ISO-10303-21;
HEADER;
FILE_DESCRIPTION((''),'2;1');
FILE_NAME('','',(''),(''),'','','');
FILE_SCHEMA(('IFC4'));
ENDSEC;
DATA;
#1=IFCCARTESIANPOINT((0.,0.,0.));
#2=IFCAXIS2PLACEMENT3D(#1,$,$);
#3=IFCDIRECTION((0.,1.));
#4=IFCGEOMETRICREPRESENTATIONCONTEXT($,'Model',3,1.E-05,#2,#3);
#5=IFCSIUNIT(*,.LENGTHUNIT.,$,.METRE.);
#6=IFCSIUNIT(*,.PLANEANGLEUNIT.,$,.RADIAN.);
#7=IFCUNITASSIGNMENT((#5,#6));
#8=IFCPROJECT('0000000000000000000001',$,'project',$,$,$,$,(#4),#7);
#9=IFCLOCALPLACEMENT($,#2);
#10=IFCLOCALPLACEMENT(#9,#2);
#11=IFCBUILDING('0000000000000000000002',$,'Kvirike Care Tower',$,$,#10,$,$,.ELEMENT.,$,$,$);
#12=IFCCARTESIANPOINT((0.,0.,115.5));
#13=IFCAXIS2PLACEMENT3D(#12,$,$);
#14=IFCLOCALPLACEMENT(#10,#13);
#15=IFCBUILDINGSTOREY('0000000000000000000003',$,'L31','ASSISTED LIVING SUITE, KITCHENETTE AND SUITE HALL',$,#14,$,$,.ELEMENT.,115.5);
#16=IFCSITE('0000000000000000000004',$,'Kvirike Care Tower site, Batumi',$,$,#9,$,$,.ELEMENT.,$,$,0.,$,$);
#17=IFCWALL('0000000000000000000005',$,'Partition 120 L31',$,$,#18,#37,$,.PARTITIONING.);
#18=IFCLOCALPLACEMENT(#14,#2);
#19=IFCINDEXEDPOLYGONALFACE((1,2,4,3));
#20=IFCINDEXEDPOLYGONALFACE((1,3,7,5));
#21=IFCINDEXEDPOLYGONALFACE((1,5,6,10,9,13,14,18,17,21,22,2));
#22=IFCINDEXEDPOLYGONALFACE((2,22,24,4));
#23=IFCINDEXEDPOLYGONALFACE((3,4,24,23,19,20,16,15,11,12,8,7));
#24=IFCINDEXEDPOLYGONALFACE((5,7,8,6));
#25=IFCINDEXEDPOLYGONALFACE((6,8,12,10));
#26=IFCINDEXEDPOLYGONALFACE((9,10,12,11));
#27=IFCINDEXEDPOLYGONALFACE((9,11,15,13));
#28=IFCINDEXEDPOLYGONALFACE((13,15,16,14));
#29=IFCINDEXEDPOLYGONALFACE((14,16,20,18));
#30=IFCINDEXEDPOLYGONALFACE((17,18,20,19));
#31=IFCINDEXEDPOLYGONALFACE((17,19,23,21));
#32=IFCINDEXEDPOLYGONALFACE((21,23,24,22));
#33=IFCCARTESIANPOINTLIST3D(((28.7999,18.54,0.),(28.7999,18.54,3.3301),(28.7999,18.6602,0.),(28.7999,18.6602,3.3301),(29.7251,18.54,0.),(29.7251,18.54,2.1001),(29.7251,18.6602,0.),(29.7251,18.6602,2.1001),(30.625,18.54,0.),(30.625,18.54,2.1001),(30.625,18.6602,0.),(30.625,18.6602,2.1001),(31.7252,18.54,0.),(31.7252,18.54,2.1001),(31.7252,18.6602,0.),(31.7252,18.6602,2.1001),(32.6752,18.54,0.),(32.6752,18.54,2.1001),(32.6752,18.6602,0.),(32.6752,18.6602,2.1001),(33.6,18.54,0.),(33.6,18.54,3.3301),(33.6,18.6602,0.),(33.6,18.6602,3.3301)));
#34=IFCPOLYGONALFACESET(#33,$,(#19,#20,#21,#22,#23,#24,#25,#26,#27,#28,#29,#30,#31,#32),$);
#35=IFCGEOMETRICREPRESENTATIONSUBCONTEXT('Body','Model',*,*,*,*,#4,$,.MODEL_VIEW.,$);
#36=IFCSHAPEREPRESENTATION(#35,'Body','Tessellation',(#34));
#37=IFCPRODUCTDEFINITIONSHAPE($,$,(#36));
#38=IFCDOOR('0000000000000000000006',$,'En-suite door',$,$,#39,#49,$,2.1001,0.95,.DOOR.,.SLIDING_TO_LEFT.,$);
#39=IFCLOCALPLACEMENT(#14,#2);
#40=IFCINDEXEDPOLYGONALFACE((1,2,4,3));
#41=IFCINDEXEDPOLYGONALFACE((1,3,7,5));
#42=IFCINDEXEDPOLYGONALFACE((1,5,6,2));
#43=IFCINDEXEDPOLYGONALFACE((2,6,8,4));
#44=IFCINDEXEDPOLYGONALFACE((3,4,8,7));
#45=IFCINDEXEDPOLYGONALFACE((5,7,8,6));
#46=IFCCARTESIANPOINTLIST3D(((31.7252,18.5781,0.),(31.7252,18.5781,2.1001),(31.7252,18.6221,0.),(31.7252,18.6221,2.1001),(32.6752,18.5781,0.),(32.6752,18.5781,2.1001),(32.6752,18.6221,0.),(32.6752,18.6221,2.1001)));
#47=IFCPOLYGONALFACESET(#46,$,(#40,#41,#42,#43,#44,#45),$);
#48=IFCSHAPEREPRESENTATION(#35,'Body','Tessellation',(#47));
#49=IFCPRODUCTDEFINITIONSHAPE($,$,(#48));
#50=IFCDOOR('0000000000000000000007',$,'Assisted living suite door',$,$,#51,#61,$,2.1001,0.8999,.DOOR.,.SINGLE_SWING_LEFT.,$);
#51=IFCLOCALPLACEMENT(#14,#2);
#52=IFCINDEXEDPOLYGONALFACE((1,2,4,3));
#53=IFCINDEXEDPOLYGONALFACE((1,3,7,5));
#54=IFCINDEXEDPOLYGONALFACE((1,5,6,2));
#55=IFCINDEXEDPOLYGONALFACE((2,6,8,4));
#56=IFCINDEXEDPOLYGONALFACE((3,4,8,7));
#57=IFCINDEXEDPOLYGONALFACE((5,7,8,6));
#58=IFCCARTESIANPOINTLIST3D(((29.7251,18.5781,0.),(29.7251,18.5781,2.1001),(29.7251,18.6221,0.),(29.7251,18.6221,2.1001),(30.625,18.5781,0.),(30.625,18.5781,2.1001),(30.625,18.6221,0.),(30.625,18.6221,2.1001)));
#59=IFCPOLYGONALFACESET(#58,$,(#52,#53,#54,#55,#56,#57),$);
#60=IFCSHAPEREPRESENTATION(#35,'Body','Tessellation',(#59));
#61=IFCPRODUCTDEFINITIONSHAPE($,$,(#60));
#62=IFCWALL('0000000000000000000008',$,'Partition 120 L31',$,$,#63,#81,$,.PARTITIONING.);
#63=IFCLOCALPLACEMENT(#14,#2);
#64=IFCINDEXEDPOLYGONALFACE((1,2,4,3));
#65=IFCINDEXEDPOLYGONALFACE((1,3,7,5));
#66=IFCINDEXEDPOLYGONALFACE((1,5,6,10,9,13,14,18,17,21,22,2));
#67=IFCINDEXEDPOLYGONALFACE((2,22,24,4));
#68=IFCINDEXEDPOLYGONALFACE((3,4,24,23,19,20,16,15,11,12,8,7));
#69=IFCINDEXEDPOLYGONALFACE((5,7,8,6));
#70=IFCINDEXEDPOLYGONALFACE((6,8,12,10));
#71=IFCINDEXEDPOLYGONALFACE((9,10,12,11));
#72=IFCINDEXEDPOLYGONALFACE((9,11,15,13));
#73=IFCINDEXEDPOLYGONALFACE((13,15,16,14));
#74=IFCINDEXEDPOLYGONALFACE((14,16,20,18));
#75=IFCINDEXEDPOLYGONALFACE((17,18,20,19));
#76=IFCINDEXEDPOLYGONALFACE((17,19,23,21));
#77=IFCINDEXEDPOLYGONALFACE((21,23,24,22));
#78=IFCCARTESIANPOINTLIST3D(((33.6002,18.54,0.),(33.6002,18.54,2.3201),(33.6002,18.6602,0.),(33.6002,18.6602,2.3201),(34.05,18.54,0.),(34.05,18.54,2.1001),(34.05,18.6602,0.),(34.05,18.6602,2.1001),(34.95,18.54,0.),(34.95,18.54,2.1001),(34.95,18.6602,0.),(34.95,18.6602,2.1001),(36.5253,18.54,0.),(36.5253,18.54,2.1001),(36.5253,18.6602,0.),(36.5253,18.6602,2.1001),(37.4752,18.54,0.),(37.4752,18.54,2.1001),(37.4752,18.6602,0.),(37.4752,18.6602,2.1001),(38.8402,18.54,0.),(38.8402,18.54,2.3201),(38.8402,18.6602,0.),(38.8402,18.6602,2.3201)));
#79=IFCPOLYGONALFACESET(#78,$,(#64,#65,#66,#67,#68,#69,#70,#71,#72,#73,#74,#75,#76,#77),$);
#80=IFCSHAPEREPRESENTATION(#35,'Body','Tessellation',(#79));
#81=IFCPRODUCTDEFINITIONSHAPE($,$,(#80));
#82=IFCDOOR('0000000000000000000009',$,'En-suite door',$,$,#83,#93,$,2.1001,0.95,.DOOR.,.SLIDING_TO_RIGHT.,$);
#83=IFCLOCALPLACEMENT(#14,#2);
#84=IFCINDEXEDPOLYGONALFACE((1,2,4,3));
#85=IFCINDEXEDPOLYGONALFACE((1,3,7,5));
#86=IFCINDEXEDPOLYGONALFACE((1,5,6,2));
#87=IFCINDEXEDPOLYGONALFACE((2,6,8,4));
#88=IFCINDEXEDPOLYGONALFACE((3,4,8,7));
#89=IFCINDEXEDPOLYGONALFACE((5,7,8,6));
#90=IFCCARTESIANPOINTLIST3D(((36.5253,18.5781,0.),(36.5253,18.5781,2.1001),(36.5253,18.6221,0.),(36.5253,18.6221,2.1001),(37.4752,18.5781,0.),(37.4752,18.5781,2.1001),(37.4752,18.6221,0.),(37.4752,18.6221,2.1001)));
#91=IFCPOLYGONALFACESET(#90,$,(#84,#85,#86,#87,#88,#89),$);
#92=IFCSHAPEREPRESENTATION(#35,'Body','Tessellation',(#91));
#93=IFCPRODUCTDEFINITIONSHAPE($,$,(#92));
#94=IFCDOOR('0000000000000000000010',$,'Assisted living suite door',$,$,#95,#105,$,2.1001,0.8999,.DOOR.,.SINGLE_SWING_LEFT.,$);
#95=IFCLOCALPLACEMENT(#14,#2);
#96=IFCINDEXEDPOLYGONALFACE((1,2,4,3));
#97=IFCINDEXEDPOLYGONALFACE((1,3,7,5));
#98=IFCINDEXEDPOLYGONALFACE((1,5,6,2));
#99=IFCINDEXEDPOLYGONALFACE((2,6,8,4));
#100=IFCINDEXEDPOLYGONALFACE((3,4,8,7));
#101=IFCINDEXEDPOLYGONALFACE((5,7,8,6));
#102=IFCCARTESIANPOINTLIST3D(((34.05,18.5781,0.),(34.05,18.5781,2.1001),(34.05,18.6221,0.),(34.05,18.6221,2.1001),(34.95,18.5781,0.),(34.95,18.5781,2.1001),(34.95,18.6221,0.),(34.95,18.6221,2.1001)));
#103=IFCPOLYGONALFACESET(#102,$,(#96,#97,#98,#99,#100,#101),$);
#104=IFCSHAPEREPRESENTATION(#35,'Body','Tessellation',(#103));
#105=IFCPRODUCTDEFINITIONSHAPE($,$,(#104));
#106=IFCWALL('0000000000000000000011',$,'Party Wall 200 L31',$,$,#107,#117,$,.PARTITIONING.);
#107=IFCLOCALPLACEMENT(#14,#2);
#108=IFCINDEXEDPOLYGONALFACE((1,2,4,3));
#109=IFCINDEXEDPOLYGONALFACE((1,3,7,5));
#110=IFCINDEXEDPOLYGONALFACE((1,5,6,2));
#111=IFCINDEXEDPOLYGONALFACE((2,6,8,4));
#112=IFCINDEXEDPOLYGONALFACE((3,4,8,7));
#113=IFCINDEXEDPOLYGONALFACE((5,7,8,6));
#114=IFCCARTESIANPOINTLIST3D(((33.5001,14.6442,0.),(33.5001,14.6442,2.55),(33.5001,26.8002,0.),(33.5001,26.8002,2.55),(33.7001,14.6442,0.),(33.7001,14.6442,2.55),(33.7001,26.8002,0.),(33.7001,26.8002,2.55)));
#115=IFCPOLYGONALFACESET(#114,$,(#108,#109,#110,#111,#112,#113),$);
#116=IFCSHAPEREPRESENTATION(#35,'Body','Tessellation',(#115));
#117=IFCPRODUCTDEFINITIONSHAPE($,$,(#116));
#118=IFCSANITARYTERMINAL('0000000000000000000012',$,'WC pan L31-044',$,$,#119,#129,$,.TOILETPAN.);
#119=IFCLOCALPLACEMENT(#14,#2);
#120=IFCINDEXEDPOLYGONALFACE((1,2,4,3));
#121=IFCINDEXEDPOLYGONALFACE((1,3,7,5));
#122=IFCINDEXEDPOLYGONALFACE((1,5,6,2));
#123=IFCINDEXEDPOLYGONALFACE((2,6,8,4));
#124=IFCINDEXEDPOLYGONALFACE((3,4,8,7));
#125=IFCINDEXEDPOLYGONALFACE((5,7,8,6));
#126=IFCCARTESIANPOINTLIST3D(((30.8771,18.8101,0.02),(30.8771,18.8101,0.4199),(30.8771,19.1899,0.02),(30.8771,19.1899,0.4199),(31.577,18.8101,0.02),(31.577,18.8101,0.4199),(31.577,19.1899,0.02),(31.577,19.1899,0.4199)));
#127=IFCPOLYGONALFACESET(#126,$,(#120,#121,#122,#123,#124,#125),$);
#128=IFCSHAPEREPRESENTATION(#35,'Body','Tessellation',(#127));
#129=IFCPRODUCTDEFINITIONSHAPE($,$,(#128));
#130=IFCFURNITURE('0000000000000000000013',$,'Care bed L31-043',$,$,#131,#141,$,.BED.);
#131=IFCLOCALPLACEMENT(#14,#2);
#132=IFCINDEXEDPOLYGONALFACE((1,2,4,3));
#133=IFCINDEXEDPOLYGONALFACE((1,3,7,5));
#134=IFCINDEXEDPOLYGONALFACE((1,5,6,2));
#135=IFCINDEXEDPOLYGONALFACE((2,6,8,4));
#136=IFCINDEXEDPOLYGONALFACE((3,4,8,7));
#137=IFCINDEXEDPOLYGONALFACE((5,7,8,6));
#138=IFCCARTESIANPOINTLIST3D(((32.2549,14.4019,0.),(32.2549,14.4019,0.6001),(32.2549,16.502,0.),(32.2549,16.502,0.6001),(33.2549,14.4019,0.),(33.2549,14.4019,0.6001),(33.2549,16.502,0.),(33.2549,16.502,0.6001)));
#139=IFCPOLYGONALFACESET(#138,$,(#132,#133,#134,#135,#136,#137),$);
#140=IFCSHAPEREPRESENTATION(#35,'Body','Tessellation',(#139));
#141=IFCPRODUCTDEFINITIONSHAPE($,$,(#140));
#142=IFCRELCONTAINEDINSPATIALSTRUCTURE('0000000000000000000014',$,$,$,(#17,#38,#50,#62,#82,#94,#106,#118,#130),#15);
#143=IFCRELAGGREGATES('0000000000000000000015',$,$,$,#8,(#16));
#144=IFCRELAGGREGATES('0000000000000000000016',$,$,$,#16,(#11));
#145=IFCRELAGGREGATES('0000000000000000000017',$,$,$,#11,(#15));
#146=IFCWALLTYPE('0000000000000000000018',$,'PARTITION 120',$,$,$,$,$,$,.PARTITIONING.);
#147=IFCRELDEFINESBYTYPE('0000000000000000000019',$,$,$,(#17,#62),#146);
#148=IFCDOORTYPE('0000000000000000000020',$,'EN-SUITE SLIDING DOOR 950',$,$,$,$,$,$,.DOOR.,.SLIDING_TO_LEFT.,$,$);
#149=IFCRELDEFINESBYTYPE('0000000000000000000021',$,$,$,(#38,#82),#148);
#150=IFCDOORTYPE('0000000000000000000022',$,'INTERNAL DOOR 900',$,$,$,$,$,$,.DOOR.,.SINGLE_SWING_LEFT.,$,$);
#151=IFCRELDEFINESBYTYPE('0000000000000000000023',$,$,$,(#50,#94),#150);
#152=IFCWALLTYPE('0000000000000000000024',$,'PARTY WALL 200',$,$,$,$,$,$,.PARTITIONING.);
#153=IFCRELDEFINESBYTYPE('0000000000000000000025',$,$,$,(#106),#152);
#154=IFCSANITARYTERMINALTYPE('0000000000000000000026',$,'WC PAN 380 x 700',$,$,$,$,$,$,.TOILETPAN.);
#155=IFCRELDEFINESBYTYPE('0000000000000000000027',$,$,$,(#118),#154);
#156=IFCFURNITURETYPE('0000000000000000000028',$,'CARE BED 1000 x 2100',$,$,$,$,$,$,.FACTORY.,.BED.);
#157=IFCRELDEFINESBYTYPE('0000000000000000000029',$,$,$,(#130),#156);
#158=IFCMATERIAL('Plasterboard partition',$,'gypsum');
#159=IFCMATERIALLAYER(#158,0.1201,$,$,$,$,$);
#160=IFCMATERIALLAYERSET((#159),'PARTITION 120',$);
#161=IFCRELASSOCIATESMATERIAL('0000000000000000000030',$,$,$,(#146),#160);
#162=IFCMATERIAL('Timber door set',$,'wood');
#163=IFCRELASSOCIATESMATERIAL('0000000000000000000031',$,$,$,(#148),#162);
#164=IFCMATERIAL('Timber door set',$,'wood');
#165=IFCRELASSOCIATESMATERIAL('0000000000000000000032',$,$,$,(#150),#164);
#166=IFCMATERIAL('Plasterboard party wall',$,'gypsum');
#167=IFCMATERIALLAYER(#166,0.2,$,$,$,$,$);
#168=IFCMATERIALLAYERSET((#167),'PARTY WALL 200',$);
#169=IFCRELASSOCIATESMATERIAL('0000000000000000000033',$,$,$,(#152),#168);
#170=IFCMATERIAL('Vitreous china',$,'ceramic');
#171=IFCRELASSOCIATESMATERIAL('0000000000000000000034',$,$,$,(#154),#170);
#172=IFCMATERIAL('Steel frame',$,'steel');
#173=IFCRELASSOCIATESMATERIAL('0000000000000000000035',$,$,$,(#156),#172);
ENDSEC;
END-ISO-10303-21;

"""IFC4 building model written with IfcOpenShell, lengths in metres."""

from ifc_helpers import new_model, si_unit, direction, frame, frame_2d, origin, origin_2d, place, context, subcontext, project, spatial, rectangle, extrude, material, layer, layer_set, type_object, element, fill, save


model = new_model("IFC4")

# Units and contexts
model_context = context("Model", 3, precision=1e-05, world=origin(), true_north=direction((0.0, 1.0)))
body_context = subcontext(model_context, "Body", "Model", "MODEL_VIEW")
ifc_project = project(units=[si_unit("LENGTHUNIT", "METRE"), si_unit("PLANEANGLEUNIT", "RADIAN")], contexts=[model_context])

# Site, building, storey
site_placement = place(None, origin())
site = spatial("IfcSite", under=ifc_project, at=site_placement, Name="Kvirike Care Tower site, Batumi", CompositionType="ELEMENT", RefElevation=0.0)
building_placement = place(site_placement, origin())
building = spatial("IfcBuilding", under=site, at=building_placement, Name="Kvirike Care Tower", CompositionType="ELEMENT")
storey_placement = place(building_placement, frame((0.0, 0.0, 115.5)))
storey = spatial("IfcBuildingStorey", under=building, at=storey_placement, Name="L31", Description="ASSISTED LIVING SUITE, KITCHENETTE AND SUITE HALL", CompositionType="ELEMENT", Elevation=115.5)

# Walls, openings, doors
ifc_material_1 = material(Name="Plasterboard partition", Category="gypsum")
ifc_layer_1 = layer(ifc_material_1, 0.1201)
ifc_layer_set_1 = layer_set([ifc_layer_1], Name="PARTITION 120")
wall_type_1 = type_object("IfcWallType", Name="PARTITION 120", PredefinedType="PARTITIONING", material=ifc_layer_set_1)
wall_1_placement = place(storey_placement, frame((28.8, 18.6001, 0.0), z_axis=(0.0, 0.0, 1.0), x_axis=(1.0, 0.0, 0.0)))
wall_1 = element("IfcWall", 1, at=wall_1_placement, inside=storey, type_object=wall_type_1, Name="Partition 120 L31", PredefinedType="PARTITIONING", context=body_context, shape_type="SweptSolid", body=[
    extrude(rectangle(XDim=4.8, YDim=0.1201, at=frame_2d((2.3999, 0.0))), origin(), (0.0, 0.0, 1.0), 3.3301),
])
opening_1_placement = place(wall_1_placement, frame((0.925, 0.0, 0.0)))
opening_1 = element("IfcOpeningElement", 2, at=opening_1_placement, cuts=wall_1, PredefinedType="OPENING", context=body_context, shape_type="SweptSolid", body=[
    extrude(rectangle(XDim=0.8999, YDim=2.1001, at=frame_2d((0.45, 1.05))), frame((0.0, 0.0706, 0.0), z_axis=(0.0, -1.0, 0.0), x_axis=(1.0, 0.0, 0.0)), (0.0, 0.0, 1.0), 0.1411),
])
opening_2_placement = place(wall_1_placement, frame((2.925, 0.0, 0.0)))
opening_2 = element("IfcOpeningElement", 3, at=opening_2_placement, cuts=wall_1, PredefinedType="OPENING", context=body_context, shape_type="SweptSolid", body=[
    extrude(rectangle(XDim=0.95, YDim=2.1001, at=frame_2d((0.4751, 1.05))), frame((0.0, 0.0706, 0.0), z_axis=(0.0, -1.0, 0.0), x_axis=(1.0, 0.0, 0.0)), (0.0, 0.0, 1.0), 0.1411),
])
ifc_material_2 = material(Name="Timber door set", Category="wood")
door_type_1 = type_object("IfcDoorType", Name="EN-SUITE SLIDING DOOR 950", OperationType="SLIDING_TO_LEFT", PredefinedType="DOOR", material=ifc_material_2)
door_1_placement = place(opening_2_placement, origin())
door_1 = element("IfcDoor", 4, at=door_1_placement, inside=storey, type_object=door_type_1, Name="En-suite door", OperationType="SLIDING_TO_LEFT", OverallHeight=2.1001, OverallWidth=0.95, PredefinedType="DOOR", context=body_context, shape_type="SweptSolid", body=[
    extrude(rectangle(XDim=0.95, YDim=2.1001, at=frame_2d((0.4751, 1.05))), frame((0.0, 0.022, 0.0), z_axis=(0.0, -1.0, 0.0), x_axis=(1.0, 0.0, 0.0)), (0.0, 0.0, 1.0), 0.0439),
])
fill(opening_2, door_1)
ifc_material_3 = material(Name="Timber door set", Category="wood")
door_type_2 = type_object("IfcDoorType", Name="INTERNAL DOOR 900", OperationType="SINGLE_SWING_LEFT", PredefinedType="DOOR", material=ifc_material_3)
door_2_placement = place(opening_1_placement, origin())
door_2 = element("IfcDoor", 5, at=door_2_placement, inside=storey, type_object=door_type_2, Name="Assisted living suite door", OperationType="SINGLE_SWING_LEFT", OverallHeight=2.1001, OverallWidth=0.8999, PredefinedType="DOOR", context=body_context, shape_type="SweptSolid", body=[
    extrude(rectangle(XDim=0.8999, YDim=2.1001, at=frame_2d((0.45, 1.05))), frame((0.0, 0.022, 0.0), z_axis=(0.0, -1.0, 0.0), x_axis=(1.0, 0.0, 0.0)), (0.0, 0.0, 1.0), 0.0439),
])
fill(opening_1, door_2)
wall_2_placement = place(storey_placement, frame((33.6001, 18.6001, 0.0), z_axis=(0.0, 0.0, 1.0), x_axis=(1.0, 0.0, 0.0)))
wall_2 = element("IfcWall", 6, at=wall_2_placement, inside=storey, type_object=wall_type_1, Name="Partition 120 L31", PredefinedType="PARTITIONING", context=body_context, shape_type="SweptSolid", body=[
    extrude(rectangle(XDim=5.24, YDim=0.1201, at=frame_2d((2.6201, 0.0))), origin(), (0.0, 0.0, 1.0), 2.3201),
])
opening_3_placement = place(wall_2_placement, frame((0.45, 0.0, 0.0)))
opening_3 = element("IfcOpeningElement", 7, at=opening_3_placement, cuts=wall_2, PredefinedType="OPENING", context=body_context, shape_type="SweptSolid", body=[
    extrude(rectangle(XDim=0.8999, YDim=2.1001, at=frame_2d((0.45, 1.05))), frame((0.0, 0.0706, 0.0), z_axis=(0.0, -1.0, 0.0), x_axis=(1.0, 0.0, 0.0)), (0.0, 0.0, 1.0), 0.1411),
])
opening_4_placement = place(wall_2_placement, frame((2.925, 0.0, 0.0)))
opening_4 = element("IfcOpeningElement", 8, at=opening_4_placement, cuts=wall_2, PredefinedType="OPENING", context=body_context, shape_type="SweptSolid", body=[
    extrude(rectangle(XDim=0.95, YDim=2.1001, at=frame_2d((0.4751, 1.05))), frame((0.0, 0.0706, 0.0), z_axis=(0.0, -1.0, 0.0), x_axis=(1.0, 0.0, 0.0)), (0.0, 0.0, 1.0), 0.1411),
])
door_3_placement = place(opening_4_placement, origin())
door_3 = element("IfcDoor", 9, at=door_3_placement, inside=storey, type_object=door_type_1, Name="En-suite door", OperationType="SLIDING_TO_RIGHT", OverallHeight=2.1001, OverallWidth=0.95, PredefinedType="DOOR", context=body_context, shape_type="SweptSolid", body=[
    extrude(rectangle(XDim=0.95, YDim=2.1001, at=frame_2d((0.4751, 1.05))), frame((0.0, 0.022, 0.0), z_axis=(0.0, -1.0, 0.0), x_axis=(1.0, 0.0, 0.0)), (0.0, 0.0, 1.0), 0.0439),
])
fill(opening_4, door_3)
door_4_placement = place(opening_3_placement, frame((0.8999, 0.0, 0.0), z_axis=(0.0, 0.0, 1.0), x_axis=(-1.0, 0.0, 0.0)))
door_4 = element("IfcDoor", 10, at=door_4_placement, inside=storey, type_object=door_type_2, Name="Assisted living suite door", OperationType="SINGLE_SWING_LEFT", OverallHeight=2.1001, OverallWidth=0.8999, PredefinedType="DOOR", context=body_context, shape_type="SweptSolid", body=[
    extrude(rectangle(XDim=0.8999, YDim=2.1001, at=frame_2d((0.45, 1.05))), frame((0.0, 0.022, 0.0), z_axis=(0.0, -1.0, 0.0), x_axis=(1.0, 0.0, 0.0)), (0.0, 0.0, 1.0), 0.0439),
])
fill(opening_3, door_4)

# Wall
ifc_material_4 = material(Name="Plasterboard party wall", Category="gypsum")
ifc_layer_2 = layer(ifc_material_4, 0.2)
ifc_layer_set_2 = layer_set([ifc_layer_2], Name="PARTY WALL 200")
wall_type_2 = type_object("IfcWallType", Name="PARTY WALL 200", PredefinedType="PARTITIONING", material=ifc_layer_set_2)
wall_3_placement = place(storey_placement, frame((33.6001, 14.644, 0.0), z_axis=(0.0, 0.0, 1.0), x_axis=(0.0, 1.0, 0.0)))
element("IfcWall", 11, at=wall_3_placement, inside=storey, type_object=wall_type_2, Name="Party Wall 200 L31", PredefinedType="PARTITIONING", context=body_context, shape_type="SweptSolid", body=[
    extrude(rectangle(XDim=12.156, YDim=0.2, at=frame_2d((6.0781, 0.0))), origin(), (0.0, 0.0, 1.0), 2.55),
])

# Sanitary terminal
ifc_material_5 = material(Name="Vitreous china", Category="ceramic")
sanitary_terminal_type = type_object("IfcSanitaryTerminalType", Name="WC PAN 380 x 700", PredefinedType="TOILETPAN", material=ifc_material_5)
sanitary_terminal_placement = place(storey_placement, frame((31.2271, 19.0, 0.02), z_axis=(0.0, 0.0, 1.0), x_axis=(0.0, 1.0, 0.0)))
element("IfcSanitaryTerminal", 12, at=sanitary_terminal_placement, inside=storey, type_object=sanitary_terminal_type, Name="WC pan L31-044", PredefinedType="TOILETPAN", context=body_context, shape_type="SweptSolid", body=[
    extrude(rectangle(XDim=0.3799, YDim=0.7, at=origin_2d()), origin(), (0.0, 0.0, 1.0), 0.3999),
])

# Furniture
ifc_material_6 = material(Name="Steel frame", Category="steel")
furniture_type = type_object("IfcFurnitureType", Name="CARE BED 1000 x 2100", AssemblyPlace="FACTORY", PredefinedType="BED", material=ifc_material_6)
furniture_placement = place(storey_placement, frame((32.7549, 15.4519, 0.0), z_axis=(0.0, 0.0, 1.0), x_axis=(-1.0, 0.0, 0.0)))
element("IfcFurniture", 13, at=furniture_placement, inside=storey, type_object=furniture_type, Name="Care bed L31-043", PredefinedType="BED", context=body_context, shape_type="SweptSolid", body=[
    extrude(rectangle(XDim=1.0, YDim=2.1001, at=origin_2d()), origin(), (0.0, 0.0, 1.0), 0.6001),
])

save(model, "model.ifc")
